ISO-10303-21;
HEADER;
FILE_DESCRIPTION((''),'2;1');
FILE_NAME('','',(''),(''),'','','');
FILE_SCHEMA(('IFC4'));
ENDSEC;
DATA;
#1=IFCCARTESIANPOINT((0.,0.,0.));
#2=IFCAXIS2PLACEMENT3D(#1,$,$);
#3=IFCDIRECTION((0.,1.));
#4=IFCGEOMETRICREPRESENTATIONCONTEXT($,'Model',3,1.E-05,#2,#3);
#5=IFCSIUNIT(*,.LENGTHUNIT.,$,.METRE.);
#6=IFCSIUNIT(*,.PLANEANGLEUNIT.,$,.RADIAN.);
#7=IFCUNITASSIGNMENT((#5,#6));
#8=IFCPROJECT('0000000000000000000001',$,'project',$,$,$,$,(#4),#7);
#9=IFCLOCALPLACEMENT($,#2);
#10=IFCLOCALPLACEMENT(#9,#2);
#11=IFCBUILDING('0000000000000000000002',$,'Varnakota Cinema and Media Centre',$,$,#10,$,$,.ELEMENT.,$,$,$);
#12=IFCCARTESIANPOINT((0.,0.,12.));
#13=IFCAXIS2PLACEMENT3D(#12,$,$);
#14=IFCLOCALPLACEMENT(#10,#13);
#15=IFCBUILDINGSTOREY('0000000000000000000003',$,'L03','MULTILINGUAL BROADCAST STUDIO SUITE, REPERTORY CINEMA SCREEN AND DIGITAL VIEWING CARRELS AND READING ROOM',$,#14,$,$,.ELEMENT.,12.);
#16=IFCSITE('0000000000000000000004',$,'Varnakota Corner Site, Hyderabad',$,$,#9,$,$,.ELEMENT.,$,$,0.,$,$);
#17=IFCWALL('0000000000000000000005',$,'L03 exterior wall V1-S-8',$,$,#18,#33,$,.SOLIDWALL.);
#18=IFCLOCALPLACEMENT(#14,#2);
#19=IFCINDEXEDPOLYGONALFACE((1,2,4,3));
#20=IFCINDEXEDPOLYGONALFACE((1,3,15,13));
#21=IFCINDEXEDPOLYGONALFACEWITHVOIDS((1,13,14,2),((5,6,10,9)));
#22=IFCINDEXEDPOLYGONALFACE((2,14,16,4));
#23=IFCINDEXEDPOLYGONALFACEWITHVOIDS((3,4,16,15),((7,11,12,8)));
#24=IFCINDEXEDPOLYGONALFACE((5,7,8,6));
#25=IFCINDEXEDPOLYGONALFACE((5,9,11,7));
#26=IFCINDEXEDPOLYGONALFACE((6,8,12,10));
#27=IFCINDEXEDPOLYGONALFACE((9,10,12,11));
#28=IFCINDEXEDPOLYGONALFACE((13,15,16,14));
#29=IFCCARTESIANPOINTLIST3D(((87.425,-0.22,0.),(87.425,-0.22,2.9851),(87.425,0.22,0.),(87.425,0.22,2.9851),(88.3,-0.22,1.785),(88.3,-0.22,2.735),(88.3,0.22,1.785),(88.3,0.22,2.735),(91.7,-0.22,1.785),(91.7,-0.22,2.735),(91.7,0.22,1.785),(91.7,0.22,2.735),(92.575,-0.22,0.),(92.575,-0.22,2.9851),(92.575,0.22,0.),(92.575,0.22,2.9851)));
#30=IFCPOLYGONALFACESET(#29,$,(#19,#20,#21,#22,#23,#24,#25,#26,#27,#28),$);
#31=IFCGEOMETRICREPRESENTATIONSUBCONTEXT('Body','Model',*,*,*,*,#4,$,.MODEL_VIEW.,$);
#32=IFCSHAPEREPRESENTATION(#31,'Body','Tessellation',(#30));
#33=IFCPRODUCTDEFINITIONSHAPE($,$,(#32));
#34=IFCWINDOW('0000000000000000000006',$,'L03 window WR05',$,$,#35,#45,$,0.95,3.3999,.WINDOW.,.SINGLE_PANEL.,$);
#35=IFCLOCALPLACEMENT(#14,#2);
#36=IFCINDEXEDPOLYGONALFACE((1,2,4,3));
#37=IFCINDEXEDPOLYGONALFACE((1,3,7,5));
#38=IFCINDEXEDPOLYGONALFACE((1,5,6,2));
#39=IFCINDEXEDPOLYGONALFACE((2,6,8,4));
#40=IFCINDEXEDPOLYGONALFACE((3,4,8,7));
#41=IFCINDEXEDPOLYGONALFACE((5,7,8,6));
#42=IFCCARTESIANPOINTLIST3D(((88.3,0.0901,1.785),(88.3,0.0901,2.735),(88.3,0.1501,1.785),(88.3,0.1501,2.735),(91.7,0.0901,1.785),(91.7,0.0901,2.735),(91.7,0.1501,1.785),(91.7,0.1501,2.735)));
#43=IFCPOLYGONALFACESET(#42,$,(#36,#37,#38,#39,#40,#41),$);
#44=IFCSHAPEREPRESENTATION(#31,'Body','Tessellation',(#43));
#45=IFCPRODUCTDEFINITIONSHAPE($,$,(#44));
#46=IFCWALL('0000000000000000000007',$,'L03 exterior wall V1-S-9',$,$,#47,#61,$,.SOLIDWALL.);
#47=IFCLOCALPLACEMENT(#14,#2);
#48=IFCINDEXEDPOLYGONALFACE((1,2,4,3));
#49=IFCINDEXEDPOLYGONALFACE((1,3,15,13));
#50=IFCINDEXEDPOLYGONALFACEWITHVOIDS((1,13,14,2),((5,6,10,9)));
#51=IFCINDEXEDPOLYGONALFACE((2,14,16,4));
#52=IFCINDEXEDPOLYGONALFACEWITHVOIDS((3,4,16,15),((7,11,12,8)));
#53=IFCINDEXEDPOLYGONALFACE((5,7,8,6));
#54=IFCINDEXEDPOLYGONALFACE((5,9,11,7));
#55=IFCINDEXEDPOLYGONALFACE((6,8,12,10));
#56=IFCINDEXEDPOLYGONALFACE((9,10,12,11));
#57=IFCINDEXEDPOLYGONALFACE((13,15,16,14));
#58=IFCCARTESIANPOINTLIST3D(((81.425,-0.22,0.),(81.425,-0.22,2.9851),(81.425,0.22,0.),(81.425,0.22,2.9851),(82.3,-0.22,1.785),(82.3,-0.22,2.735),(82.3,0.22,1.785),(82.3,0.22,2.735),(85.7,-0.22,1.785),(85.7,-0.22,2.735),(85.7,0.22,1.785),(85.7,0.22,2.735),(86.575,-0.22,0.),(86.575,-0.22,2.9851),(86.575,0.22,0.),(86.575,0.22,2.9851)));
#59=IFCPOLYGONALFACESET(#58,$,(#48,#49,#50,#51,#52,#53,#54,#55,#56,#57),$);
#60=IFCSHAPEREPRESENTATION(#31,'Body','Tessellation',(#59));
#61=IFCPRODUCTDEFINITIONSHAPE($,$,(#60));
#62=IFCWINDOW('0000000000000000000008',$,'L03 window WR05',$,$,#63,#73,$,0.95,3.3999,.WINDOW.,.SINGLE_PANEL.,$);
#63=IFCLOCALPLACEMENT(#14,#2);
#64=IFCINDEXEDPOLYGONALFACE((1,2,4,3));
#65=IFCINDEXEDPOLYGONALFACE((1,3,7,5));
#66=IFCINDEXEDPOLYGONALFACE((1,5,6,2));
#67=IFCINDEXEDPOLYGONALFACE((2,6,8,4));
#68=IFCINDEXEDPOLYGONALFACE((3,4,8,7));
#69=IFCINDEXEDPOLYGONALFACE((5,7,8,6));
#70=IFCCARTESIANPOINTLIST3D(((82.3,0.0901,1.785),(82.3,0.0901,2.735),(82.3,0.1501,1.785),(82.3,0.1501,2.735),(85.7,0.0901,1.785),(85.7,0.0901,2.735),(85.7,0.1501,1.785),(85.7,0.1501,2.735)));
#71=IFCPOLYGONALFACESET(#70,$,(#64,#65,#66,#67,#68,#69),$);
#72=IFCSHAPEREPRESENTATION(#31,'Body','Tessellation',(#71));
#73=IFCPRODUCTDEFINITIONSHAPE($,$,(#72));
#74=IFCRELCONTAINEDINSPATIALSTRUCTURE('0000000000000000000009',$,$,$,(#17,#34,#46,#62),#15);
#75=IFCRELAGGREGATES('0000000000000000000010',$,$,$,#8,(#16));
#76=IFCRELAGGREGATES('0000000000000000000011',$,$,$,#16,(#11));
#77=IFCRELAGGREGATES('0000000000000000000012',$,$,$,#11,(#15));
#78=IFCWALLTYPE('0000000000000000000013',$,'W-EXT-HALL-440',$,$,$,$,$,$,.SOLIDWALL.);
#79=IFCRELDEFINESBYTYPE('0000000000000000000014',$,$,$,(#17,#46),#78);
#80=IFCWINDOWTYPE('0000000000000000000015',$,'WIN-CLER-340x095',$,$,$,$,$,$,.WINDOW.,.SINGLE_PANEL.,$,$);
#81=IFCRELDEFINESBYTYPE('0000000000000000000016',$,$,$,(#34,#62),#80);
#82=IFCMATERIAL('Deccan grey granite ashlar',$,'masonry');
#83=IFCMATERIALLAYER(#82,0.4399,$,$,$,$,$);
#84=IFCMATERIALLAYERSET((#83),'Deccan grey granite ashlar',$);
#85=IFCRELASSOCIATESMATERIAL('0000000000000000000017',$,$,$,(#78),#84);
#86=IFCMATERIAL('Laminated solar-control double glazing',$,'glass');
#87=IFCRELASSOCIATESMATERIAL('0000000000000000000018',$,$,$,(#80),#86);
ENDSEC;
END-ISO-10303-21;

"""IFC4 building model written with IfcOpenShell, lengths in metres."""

from ifc_helpers import new_model, si_unit, direction, frame, frame_2d, origin, place, context, subcontext, project, spatial, rectangle, extrude, material, layer, layer_set, type_object, element, fill, save


model = new_model("IFC4")

# Units and contexts
model_context = context("Model", 3, precision=1e-05, world=origin(), true_north=direction((0.0, 1.0)))
body_context = subcontext(model_context, "Body", "Model", "MODEL_VIEW")
ifc_project = project(units=[si_unit("LENGTHUNIT", "METRE"), si_unit("PLANEANGLEUNIT", "RADIAN")], contexts=[model_context])

# Site, building, storey
site_placement = place(None, origin())
site = spatial("IfcSite", under=ifc_project, at=site_placement, Name="Varnakota Corner Site, Hyderabad", CompositionType="ELEMENT", RefElevation=0.0)
building_placement = place(site_placement, origin())
building = spatial("IfcBuilding", under=site, at=building_placement, Name="Varnakota Cinema and Media Centre", CompositionType="ELEMENT")
storey_placement = place(building_placement, frame((0.0, 0.0, 12.0)))
storey = spatial("IfcBuildingStorey", under=building, at=storey_placement, Name="L03", Description="MULTILINGUAL BROADCAST STUDIO SUITE, REPERTORY CINEMA SCREEN AND DIGITAL VIEWING CARRELS AND READING ROOM", CompositionType="ELEMENT", Elevation=12.0)

# Walls, openings, windows
ifc_material_1 = material(Name="Deccan grey granite ashlar", Category="masonry")
ifc_layer_1 = layer(ifc_material_1, 0.4399)
ifc_layer_set_1 = layer_set([ifc_layer_1], Name="Deccan grey granite ashlar")
wall_type = type_object("IfcWallType", Name="W-EXT-HALL-440", PredefinedType="SOLIDWALL", material=ifc_layer_set_1)
wall_1_placement = place(storey_placement, frame((92.575, 0.0, 0.0), z_axis=(0.0, 0.0, 1.0), x_axis=(-1.0, 0.0, 0.0)))
wall_1 = element("IfcWall", 1, at=wall_1_placement, inside=storey, type_object=wall_type, Name="L03 exterior wall V1-S-8", PredefinedType="SOLIDWALL", context=body_context, shape_type="SweptSolid", body=[
    extrude(rectangle(XDim=5.1499, YDim=0.4399, at=frame_2d((2.575, 0.0))), origin(), (0.0, 0.0, 1.0), 2.9851),
])
opening_1_placement = place(wall_1_placement, frame((0.875, 0.0, 1.7849)))
opening_1 = element("IfcOpeningElement", 2, at=opening_1_placement, cuts=wall_1, PredefinedType="OPENING", context=body_context, shape_type="SweptSolid", body=[
    extrude(rectangle(XDim=3.3999, YDim=0.95, at=frame_2d((1.7, 0.4751))), frame((0.0, 0.22, 0.0), z_axis=(0.0, -1.0, 0.0), x_axis=(1.0, 0.0, 0.0)), (0.0, 0.0, 1.0), 0.4399),
])
ifc_material_2 = material(Name="Laminated solar-control double glazing", Category="glass")
window_type = type_object("IfcWindowType", Name="WIN-CLER-340x095", PartitioningType="SINGLE_PANEL", PredefinedType="WINDOW", material=ifc_material_2)
window_1_placement = place(opening_1_placement, origin())
window_1 = element("IfcWindow", 3, at=window_1_placement, inside=storey, type_object=window_type, Name="L03 window WR05", OverallHeight=0.95, OverallWidth=3.3999, PartitioningType="SINGLE_PANEL", PredefinedType="WINDOW", context=body_context, shape_type="SweptSolid", body=[
    extrude(rectangle(XDim=3.3999, YDim=0.95, at=frame_2d((1.7, 0.4751))), frame((0.0, -0.0901, 0.0), z_axis=(0.0, -1.0, 0.0), x_axis=(1.0, 0.0, 0.0)), (0.0, 0.0, 1.0), 0.0601),
])
fill(opening_1, window_1)
wall_2_placement = place(storey_placement, frame((86.575, 0.0, 0.0), z_axis=(0.0, 0.0, 1.0), x_axis=(-1.0, 0.0, 0.0)))
wall_2 = element("IfcWall", 4, at=wall_2_placement, inside=storey, type_object=wall_type, Name="L03 exterior wall V1-S-9", PredefinedType="SOLIDWALL", context=body_context, shape_type="SweptSolid", body=[
    extrude(rectangle(XDim=5.1499, YDim=0.4399, at=frame_2d((2.575, 0.0))), origin(), (0.0, 0.0, 1.0), 2.9851),
])
opening_2_placement = place(wall_2_placement, frame((0.875, 0.0, 1.7849)))
opening_2 = element("IfcOpeningElement", 5, at=opening_2_placement, cuts=wall_2, PredefinedType="OPENING", context=body_context, shape_type="SweptSolid", body=[
    extrude(rectangle(XDim=3.3999, YDim=0.95, at=frame_2d((1.7, 0.4751))), frame((0.0, 0.22, 0.0), z_axis=(0.0, -1.0, 0.0), x_axis=(1.0, 0.0, 0.0)), (0.0, 0.0, 1.0), 0.4399),
])
window_2_placement = place(opening_2_placement, origin())
window_2 = element("IfcWindow", 6, at=window_2_placement, inside=storey, type_object=window_type, Name="L03 window WR05", OverallHeight=0.95, OverallWidth=3.3999, PartitioningType="SINGLE_PANEL", PredefinedType="WINDOW", context=body_context, shape_type="SweptSolid", body=[
    extrude(rectangle(XDim=3.3999, YDim=0.95, at=frame_2d((1.7, 0.4751))), frame((0.0, -0.0901, 0.0), z_axis=(0.0, -1.0, 0.0), x_axis=(1.0, 0.0, 0.0)), (0.0, 0.0, 1.0), 0.0601),
])
fill(opening_2, window_2)

save(model, "model.ifc")
